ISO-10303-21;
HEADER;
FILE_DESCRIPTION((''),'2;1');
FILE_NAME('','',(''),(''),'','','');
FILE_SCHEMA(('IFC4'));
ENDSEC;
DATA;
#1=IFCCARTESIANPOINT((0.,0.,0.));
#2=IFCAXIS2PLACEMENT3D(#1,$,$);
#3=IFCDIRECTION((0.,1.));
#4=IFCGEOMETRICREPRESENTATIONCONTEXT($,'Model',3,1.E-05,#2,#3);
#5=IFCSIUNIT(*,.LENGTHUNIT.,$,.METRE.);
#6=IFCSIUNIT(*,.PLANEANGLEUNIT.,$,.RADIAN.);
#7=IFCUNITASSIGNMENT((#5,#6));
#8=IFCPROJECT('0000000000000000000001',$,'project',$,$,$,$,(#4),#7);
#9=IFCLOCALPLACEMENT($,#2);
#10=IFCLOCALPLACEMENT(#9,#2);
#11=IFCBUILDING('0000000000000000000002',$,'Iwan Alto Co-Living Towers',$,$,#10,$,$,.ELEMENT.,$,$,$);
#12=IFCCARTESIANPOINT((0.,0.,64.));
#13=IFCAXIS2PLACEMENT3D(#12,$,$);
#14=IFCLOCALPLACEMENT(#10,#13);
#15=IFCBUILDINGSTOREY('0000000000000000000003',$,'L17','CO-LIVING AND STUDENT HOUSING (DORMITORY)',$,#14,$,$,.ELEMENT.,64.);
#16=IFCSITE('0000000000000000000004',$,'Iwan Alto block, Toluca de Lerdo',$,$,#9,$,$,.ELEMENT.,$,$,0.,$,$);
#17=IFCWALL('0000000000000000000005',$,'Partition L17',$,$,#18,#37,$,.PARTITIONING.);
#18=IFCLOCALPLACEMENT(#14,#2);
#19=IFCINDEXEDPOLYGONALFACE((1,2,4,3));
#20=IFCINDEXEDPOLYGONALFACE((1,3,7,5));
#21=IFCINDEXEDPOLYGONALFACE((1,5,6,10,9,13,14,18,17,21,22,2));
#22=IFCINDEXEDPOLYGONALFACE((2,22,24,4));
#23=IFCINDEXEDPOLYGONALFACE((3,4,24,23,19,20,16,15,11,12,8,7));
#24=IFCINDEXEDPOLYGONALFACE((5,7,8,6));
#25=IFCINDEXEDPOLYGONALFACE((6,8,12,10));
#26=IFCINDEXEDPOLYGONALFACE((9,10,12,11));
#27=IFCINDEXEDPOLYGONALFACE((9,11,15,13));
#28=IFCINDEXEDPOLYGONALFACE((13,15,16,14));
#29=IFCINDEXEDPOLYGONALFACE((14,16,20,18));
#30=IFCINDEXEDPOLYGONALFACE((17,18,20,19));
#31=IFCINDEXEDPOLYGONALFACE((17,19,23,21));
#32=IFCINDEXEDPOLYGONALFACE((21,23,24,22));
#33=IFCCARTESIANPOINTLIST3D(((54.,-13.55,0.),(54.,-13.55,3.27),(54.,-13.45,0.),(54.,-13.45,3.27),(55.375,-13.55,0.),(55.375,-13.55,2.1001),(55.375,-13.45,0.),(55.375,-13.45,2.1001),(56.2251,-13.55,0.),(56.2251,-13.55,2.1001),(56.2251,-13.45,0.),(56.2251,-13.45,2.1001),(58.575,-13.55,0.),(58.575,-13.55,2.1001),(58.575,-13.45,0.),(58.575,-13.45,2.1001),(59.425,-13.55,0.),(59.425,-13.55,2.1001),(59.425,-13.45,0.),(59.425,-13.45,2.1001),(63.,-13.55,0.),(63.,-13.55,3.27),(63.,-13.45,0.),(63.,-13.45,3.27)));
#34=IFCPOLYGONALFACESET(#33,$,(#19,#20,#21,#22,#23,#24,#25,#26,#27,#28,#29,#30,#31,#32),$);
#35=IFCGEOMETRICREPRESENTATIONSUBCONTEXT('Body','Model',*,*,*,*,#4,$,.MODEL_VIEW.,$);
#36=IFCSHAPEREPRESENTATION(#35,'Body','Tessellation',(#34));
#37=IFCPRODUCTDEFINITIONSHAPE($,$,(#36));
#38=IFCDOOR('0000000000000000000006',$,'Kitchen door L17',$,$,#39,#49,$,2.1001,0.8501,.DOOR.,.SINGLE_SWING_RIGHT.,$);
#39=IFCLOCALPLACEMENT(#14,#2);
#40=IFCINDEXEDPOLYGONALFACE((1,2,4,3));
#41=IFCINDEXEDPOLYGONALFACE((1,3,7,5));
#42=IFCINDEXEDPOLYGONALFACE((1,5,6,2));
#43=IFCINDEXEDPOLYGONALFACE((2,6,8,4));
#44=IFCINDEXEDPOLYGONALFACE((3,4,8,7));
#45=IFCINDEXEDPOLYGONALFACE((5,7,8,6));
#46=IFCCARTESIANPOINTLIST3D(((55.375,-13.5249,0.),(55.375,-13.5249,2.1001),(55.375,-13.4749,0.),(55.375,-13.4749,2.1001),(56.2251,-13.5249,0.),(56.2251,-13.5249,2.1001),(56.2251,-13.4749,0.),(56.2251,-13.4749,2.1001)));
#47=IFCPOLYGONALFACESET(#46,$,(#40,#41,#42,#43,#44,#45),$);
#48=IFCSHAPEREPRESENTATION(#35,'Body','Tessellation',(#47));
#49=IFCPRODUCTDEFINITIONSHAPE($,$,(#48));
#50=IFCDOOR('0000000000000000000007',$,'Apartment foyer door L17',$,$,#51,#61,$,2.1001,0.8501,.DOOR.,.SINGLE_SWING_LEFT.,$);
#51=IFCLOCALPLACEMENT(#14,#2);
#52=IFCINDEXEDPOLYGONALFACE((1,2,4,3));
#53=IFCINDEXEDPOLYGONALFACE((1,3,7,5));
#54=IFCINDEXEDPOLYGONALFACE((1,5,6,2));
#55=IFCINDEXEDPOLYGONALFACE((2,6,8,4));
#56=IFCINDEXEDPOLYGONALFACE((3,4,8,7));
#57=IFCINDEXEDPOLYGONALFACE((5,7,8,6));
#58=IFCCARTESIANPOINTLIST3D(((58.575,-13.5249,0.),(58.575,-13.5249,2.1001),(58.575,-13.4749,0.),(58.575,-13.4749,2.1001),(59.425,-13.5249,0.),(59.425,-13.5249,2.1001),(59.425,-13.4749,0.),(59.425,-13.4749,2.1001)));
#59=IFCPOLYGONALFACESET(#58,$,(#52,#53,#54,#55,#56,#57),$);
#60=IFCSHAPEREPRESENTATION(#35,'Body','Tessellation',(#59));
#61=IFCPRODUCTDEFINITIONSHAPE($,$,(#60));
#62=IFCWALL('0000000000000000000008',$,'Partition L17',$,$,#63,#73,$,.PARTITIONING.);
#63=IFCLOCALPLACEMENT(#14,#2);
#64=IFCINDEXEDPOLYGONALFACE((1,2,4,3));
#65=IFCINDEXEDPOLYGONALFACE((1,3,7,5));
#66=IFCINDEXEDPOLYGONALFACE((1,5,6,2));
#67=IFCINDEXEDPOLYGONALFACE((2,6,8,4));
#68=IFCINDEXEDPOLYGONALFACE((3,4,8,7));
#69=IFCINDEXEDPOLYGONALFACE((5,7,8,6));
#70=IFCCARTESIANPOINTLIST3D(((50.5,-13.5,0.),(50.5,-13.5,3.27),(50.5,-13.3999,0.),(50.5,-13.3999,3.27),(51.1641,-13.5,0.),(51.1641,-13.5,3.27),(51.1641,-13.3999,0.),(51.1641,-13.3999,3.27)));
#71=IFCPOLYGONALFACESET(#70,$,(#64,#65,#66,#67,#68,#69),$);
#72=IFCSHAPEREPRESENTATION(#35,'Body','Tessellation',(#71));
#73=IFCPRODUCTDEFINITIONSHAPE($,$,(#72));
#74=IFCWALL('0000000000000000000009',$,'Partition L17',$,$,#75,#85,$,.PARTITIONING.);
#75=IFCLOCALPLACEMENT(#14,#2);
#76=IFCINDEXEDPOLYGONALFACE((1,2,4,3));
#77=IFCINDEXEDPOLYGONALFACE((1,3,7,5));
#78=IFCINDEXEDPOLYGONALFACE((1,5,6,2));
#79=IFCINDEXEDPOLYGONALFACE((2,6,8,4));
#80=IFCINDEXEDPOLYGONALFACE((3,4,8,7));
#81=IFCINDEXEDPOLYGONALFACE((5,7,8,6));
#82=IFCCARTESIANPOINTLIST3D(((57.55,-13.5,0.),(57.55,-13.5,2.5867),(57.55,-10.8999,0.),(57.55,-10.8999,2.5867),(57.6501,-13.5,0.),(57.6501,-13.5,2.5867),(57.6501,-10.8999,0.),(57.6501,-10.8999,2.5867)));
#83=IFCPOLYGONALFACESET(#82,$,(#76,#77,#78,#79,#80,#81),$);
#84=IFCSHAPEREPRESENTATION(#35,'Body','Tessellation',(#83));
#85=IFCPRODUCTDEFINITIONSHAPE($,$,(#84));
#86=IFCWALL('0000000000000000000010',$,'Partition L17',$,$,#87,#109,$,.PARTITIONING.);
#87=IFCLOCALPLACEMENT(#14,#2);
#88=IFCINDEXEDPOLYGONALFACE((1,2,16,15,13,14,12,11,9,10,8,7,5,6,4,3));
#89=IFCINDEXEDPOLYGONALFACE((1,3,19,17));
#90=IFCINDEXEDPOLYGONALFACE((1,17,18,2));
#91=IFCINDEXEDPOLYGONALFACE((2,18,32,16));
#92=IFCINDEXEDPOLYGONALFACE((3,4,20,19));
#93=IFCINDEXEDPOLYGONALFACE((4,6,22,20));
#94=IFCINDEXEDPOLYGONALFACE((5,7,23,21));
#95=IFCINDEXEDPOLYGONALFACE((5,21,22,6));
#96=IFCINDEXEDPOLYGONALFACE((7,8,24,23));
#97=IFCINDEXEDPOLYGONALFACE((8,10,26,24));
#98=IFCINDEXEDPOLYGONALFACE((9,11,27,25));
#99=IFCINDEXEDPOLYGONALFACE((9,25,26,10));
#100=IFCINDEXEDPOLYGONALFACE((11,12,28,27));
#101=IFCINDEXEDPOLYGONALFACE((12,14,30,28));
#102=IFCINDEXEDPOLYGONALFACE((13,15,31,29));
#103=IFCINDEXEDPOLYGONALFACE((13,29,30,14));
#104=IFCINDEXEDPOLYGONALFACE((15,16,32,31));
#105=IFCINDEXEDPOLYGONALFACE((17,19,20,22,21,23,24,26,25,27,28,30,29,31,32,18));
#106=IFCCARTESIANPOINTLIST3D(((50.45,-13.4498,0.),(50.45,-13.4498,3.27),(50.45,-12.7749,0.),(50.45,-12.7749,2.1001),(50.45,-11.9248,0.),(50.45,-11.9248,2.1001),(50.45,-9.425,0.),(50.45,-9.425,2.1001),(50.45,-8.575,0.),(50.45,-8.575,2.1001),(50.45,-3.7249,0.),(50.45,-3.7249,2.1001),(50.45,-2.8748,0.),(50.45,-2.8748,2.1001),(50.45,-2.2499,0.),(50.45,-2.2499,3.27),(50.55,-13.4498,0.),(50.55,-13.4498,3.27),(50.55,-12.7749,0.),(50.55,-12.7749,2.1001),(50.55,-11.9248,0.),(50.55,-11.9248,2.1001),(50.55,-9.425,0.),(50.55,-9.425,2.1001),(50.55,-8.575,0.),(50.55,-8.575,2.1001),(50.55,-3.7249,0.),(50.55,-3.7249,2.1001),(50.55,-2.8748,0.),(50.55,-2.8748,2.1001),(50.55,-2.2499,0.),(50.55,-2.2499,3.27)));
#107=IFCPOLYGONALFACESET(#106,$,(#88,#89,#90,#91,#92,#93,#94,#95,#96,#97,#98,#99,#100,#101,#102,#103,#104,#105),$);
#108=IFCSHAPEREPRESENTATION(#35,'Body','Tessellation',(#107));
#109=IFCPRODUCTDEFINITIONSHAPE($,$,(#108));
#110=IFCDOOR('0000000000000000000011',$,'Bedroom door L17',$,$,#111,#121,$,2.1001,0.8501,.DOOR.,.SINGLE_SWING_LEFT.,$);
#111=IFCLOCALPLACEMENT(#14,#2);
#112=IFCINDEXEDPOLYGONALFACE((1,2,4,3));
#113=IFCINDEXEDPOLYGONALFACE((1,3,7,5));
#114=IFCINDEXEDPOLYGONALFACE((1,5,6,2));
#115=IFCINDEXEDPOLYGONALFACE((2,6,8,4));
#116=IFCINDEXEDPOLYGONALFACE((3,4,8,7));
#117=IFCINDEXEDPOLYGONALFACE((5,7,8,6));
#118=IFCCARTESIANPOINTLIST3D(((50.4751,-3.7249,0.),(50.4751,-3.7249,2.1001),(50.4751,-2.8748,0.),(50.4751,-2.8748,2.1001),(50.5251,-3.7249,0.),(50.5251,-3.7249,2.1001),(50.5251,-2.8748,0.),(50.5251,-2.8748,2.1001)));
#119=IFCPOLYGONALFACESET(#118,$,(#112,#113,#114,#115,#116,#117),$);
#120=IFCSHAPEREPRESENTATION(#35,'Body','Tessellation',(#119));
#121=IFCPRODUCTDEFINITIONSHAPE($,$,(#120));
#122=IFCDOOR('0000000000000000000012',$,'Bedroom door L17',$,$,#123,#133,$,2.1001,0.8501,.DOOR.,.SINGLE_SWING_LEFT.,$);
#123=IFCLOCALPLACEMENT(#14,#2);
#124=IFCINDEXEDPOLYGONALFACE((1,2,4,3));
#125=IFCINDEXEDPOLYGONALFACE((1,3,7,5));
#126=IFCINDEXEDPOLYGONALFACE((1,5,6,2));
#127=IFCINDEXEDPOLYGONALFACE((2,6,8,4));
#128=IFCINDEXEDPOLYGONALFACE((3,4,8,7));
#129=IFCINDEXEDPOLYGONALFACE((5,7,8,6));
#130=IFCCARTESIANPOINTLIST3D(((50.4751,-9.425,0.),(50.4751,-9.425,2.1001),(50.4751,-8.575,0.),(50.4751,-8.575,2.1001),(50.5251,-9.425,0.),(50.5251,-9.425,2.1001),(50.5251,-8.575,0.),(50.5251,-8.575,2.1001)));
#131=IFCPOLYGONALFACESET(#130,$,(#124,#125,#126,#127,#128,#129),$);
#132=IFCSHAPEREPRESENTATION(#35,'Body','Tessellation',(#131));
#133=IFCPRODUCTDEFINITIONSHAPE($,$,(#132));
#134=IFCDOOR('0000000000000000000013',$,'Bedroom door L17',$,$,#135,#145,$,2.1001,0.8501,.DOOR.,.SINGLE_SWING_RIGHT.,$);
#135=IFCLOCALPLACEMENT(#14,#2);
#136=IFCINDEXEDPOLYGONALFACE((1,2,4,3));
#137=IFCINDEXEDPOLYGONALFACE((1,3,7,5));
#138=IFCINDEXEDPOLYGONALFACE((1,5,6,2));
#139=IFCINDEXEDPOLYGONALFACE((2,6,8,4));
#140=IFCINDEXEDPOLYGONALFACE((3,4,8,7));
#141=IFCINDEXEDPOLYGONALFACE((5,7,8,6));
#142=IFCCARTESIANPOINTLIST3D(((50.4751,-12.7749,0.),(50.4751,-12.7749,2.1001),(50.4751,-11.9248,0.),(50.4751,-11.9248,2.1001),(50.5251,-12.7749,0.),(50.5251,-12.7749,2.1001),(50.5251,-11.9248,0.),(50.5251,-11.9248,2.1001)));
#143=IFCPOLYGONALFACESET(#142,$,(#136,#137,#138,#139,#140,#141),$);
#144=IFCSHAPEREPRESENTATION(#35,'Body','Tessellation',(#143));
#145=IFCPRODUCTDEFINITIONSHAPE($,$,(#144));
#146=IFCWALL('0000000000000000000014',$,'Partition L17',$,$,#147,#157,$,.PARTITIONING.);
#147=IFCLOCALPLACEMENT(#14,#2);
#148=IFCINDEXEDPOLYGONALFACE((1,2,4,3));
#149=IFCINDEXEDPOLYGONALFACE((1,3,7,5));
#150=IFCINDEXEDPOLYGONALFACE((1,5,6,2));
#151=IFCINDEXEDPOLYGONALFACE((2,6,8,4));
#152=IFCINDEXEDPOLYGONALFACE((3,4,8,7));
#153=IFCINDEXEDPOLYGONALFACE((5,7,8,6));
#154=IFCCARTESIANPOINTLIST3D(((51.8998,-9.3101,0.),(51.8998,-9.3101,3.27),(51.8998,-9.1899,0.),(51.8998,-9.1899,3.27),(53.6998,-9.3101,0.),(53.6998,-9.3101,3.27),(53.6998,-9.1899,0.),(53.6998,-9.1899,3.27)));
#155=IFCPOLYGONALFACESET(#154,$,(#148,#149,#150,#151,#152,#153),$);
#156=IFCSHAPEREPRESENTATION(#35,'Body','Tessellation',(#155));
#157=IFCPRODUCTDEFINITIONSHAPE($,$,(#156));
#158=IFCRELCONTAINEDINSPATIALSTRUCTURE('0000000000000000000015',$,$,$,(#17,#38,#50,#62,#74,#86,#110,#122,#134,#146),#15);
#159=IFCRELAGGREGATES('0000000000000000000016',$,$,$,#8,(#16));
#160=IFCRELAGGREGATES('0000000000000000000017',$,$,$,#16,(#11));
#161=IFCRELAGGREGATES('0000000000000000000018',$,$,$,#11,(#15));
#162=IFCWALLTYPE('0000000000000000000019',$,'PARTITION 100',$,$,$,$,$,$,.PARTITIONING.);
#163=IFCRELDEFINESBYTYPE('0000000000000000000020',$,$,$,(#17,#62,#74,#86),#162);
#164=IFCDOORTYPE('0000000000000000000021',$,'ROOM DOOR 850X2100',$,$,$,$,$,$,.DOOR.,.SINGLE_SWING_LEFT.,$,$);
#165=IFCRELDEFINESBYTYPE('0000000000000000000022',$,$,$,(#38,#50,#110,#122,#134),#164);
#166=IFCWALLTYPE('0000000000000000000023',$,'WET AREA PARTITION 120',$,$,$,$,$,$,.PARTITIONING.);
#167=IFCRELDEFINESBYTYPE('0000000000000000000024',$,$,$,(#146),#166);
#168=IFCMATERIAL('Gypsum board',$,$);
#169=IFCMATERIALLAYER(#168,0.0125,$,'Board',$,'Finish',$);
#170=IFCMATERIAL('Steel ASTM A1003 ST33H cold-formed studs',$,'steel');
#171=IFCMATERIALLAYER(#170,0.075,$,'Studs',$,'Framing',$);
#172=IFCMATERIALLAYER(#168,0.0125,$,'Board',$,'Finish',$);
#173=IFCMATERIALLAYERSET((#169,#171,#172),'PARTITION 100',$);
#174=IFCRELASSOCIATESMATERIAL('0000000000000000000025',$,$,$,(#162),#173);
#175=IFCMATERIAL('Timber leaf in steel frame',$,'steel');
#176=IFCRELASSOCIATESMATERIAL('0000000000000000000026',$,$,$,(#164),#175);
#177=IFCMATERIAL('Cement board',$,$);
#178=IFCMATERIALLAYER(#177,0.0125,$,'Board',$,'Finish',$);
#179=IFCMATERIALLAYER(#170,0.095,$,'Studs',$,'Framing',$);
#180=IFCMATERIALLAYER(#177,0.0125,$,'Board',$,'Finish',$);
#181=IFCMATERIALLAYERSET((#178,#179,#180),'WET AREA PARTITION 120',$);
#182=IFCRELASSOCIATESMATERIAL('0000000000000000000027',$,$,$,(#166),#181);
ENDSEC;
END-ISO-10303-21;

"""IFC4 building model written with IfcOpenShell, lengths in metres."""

from ifc_helpers import new_model, si_unit, direction, frame, frame_2d, origin, place, context, subcontext, project, spatial, rectangle, extrude, material, layer, layer_set, type_object, element, fill, save


model = new_model("IFC4")

# Units and contexts
model_context = context("Model", 3, precision=1e-05, world=origin(), true_north=direction((0.0, 1.0)))
body_context = subcontext(model_context, "Body", "Model", "MODEL_VIEW")
ifc_project = project(units=[si_unit("LENGTHUNIT", "METRE"), si_unit("PLANEANGLEUNIT", "RADIAN")], contexts=[model_context])

# Site, building, storey
site_placement = place(None, origin())
site = spatial("IfcSite", under=ifc_project, at=site_placement, Name="Iwan Alto block, Toluca de Lerdo", CompositionType="ELEMENT", RefElevation=0.0)
building_placement = place(site_placement, origin())
building = spatial("IfcBuilding", under=site, at=building_placement, Name="Iwan Alto Co-Living Towers", CompositionType="ELEMENT")
storey_placement = place(building_placement, frame((0.0, 0.0, 64.0)))
storey = spatial("IfcBuildingStorey", under=building, at=storey_placement, Name="L17", Description="CO-LIVING AND STUDENT HOUSING (DORMITORY)", CompositionType="ELEMENT", Elevation=64.0)

# Wall, openings, doors
ifc_material_1 = material(Name="Gypsum board")
ifc_material_2 = material(Name="Steel ASTM A1003 ST33H cold-formed studs", Category="steel")
ifc_layer_1 = layer(ifc_material_1, 0.0125, Name="Board", Category="Finish")
ifc_layer_2 = layer(ifc_material_2, 0.075, Name="Studs", Category="Framing")
ifc_layer_3 = layer(ifc_material_1, 0.0125, Name="Board", Category="Finish")
ifc_layer_set_1 = layer_set([ifc_layer_1, ifc_layer_2, ifc_layer_3], Name="PARTITION 100")
wall_type_1 = type_object("IfcWallType", Name="PARTITION 100", PredefinedType="PARTITIONING", material=ifc_layer_set_1)
wall_1_placement = place(storey_placement, frame((54.0, -13.5, 0.0), z_axis=(0.0, 0.0, 1.0), x_axis=(1.0, 0.0, 0.0)))
wall_1 = element("IfcWall", 1, at=wall_1_placement, inside=storey, type_object=wall_type_1, Name="Partition L17", PredefinedType="PARTITIONING", context=body_context, shape_type="SweptSolid", body=[
    extrude(rectangle(XDim=9.0, YDim=0.1001, at=frame_2d((4.5, 0.0))), origin(), (0.0, 0.0, 1.0), 3.27),
])
opening_1_placement = place(wall_1_placement, frame((1.375, 0.0, 0.0)))
opening_1 = element("IfcOpeningElement", 2, at=opening_1_placement, cuts=wall_1, PredefinedType="OPENING", context=body_context, shape_type="SweptSolid", body=[
    extrude(rectangle(XDim=0.8501, YDim=2.1001, at=frame_2d((0.425, 1.05))), frame((0.0, 0.0601, 0.0), z_axis=(0.0, -1.0, 0.0), x_axis=(1.0, 0.0, 0.0)), (0.0, 0.0, 1.0), 0.1201),
])
opening_2_placement = place(wall_1_placement, frame((4.575, 0.0, 0.0)))
opening_2 = element("IfcOpeningElement", 3, at=opening_2_placement, cuts=wall_1, PredefinedType="OPENING", context=body_context, shape_type="SweptSolid", body=[
    extrude(rectangle(XDim=0.8501, YDim=2.1001, at=frame_2d((0.425, 1.05))), frame((0.0, 0.0601, 0.0), z_axis=(0.0, -1.0, 0.0), x_axis=(1.0, 0.0, 0.0)), (0.0, 0.0, 1.0), 0.1201),
])
ifc_material_3 = material(Name="Timber leaf in steel frame", Category="steel")
door_type_1 = type_object("IfcDoorType", Name="ROOM DOOR 850X2100", OperationType="SINGLE_SWING_LEFT", PredefinedType="DOOR", material=ifc_material_3)
door_1_placement = place(opening_1_placement, frame((0.8501, 0.0, 0.0), z_axis=(0.0, 0.0, 1.0), x_axis=(-1.0, 0.0, 0.0)))
door_1 = element("IfcDoor", 4, at=door_1_placement, inside=storey, type_object=door_type_1, Name="Kitchen door L17", OperationType="SINGLE_SWING_RIGHT", OverallHeight=2.1001, OverallWidth=0.8501, PredefinedType="DOOR", context=body_context, shape_type="SweptSolid", body=[
    extrude(rectangle(XDim=0.8501, YDim=2.1001, at=frame_2d((0.425, 1.05))), frame((0.0, 0.0249, 0.0), z_axis=(0.0, -1.0, 0.0), x_axis=(1.0, 0.0, 0.0)), (0.0, 0.0, 1.0), 0.05),
])
fill(opening_1, door_1)
door_2_placement = place(opening_2_placement, frame((0.8501, 0.0, 0.0), z_axis=(0.0, 0.0, 1.0), x_axis=(-1.0, 0.0, 0.0)))
door_2 = element("IfcDoor", 5, at=door_2_placement, inside=storey, type_object=door_type_1, Name="Apartment foyer door L17", OperationType="SINGLE_SWING_LEFT", OverallHeight=2.1001, OverallWidth=0.8501, PredefinedType="DOOR", context=body_context, shape_type="SweptSolid", body=[
    extrude(rectangle(XDim=0.8501, YDim=2.1001, at=frame_2d((0.425, 1.05))), frame((0.0, 0.0249, 0.0), z_axis=(0.0, -1.0, 0.0), x_axis=(1.0, 0.0, 0.0)), (0.0, 0.0, 1.0), 0.05),
])
fill(opening_2, door_2)

# Walls
wall_2_placement = place(storey_placement, frame((50.5, -13.45, 0.0), z_axis=(0.0, 0.0, 1.0), x_axis=(1.0, 0.0, 0.0)))
element("IfcWall", 6, at=wall_2_placement, inside=storey, type_object=wall_type_1, Name="Partition L17", PredefinedType="PARTITIONING", context=body_context, shape_type="SweptSolid", body=[
    extrude(rectangle(XDim=0.6641, YDim=0.1001, at=frame_2d((0.332, 0.0))), origin(), (0.0, 0.0, 1.0), 3.27),
])
wall_3_placement = place(storey_placement, frame((57.6001, -13.5, 0.0), z_axis=(0.0, 0.0, 1.0), x_axis=(0.0, 1.0, 0.0)))
element("IfcWall", 7, at=wall_3_placement, inside=storey, type_object=wall_type_1, Name="Partition L17", PredefinedType="PARTITIONING", context=body_context, shape_type="SweptSolid", body=[
    extrude(rectangle(XDim=2.6001, YDim=0.1001, at=frame_2d((1.3, 0.0))), origin(), (0.0, 0.0, 1.0), 2.5867),
])

# Wall, openings, doors
wall_4_placement = place(storey_placement, frame((50.5, -13.45, 0.0), z_axis=(0.0, 0.0, 1.0), x_axis=(0.0, 1.0, 0.0)))
wall_4 = element("IfcWall", 8, at=wall_4_placement, inside=storey, type_object=wall_type_1, Name="Partition L17", PredefinedType="PARTITIONING", context=body_context, shape_type="SweptSolid", body=[
    extrude(rectangle(XDim=11.2, YDim=0.1001, at=frame_2d((5.6001, 0.0))), origin(), (0.0, 0.0, 1.0), 3.27),
])
opening_3_placement = place(wall_4_placement, frame((9.7251, 0.0, 0.0)))
opening_3 = element("IfcOpeningElement", 9, at=opening_3_placement, cuts=wall_4, PredefinedType="OPENING", context=body_context, shape_type="SweptSolid", body=[
    extrude(rectangle(XDim=0.8501, YDim=2.1001, at=frame_2d((0.425, 1.05))), frame((0.0, 0.0601, 0.0), z_axis=(0.0, -1.0, 0.0), x_axis=(1.0, 0.0, 0.0)), (0.0, 0.0, 1.0), 0.1201),
])
opening_4_placement = place(wall_4_placement, frame((4.0249, 0.0, 0.0)))
opening_4 = element("IfcOpeningElement", 10, at=opening_4_placement, cuts=wall_4, PredefinedType="OPENING", context=body_context, shape_type="SweptSolid", body=[
    extrude(rectangle(XDim=0.8501, YDim=2.1001, at=frame_2d((0.425, 1.05))), frame((0.0, 0.0601, 0.0), z_axis=(0.0, -1.0, 0.0), x_axis=(1.0, 0.0, 0.0)), (0.0, 0.0, 1.0), 0.1201),
])
opening_5_placement = place(wall_4_placement, frame((0.675, 0.0, 0.0)))
opening_5 = element("IfcOpeningElement", 11, at=opening_5_placement, cuts=wall_4, PredefinedType="OPENING", context=body_context, shape_type="SweptSolid", body=[
    extrude(rectangle(XDim=0.8501, YDim=2.1001, at=frame_2d((0.425, 1.05))), frame((0.0, 0.0601, 0.0), z_axis=(0.0, -1.0, 0.0), x_axis=(1.0, 0.0, 0.0)), (0.0, 0.0, 1.0), 0.1201),
])
door_3_placement = place(opening_3_placement, origin())
door_3 = element("IfcDoor", 12, at=door_3_placement, inside=storey, type_object=door_type_1, Name="Bedroom door L17", OperationType="SINGLE_SWING_LEFT", OverallHeight=2.1001, OverallWidth=0.8501, PredefinedType="DOOR", context=body_context, shape_type="SweptSolid", body=[
    extrude(rectangle(XDim=0.8501, YDim=2.1001, at=frame_2d((0.425, 1.05))), frame((0.0, 0.0249, 0.0), z_axis=(0.0, -1.0, 0.0), x_axis=(1.0, 0.0, 0.0)), (0.0, 0.0, 1.0), 0.05),
])
fill(opening_3, door_3)
door_4_placement = place(opening_4_placement, origin())
door_4 = element("IfcDoor", 13, at=door_4_placement, inside=storey, type_object=door_type_1, Name="Bedroom door L17", OperationType="SINGLE_SWING_LEFT", OverallHeight=2.1001, OverallWidth=0.8501, PredefinedType="DOOR", context=body_context, shape_type="SweptSolid", body=[
    extrude(rectangle(XDim=0.8501, YDim=2.1001, at=frame_2d((0.425, 1.05))), frame((0.0, 0.0249, 0.0), z_axis=(0.0, -1.0, 0.0), x_axis=(1.0, 0.0, 0.0)), (0.0, 0.0, 1.0), 0.05),
])
fill(opening_4, door_4)
door_5_placement = place(opening_5_placement, origin())
door_5 = element("IfcDoor", 14, at=door_5_placement, inside=storey, type_object=door_type_1, Name="Bedroom door L17", OperationType="SINGLE_SWING_RIGHT", OverallHeight=2.1001, OverallWidth=0.8501, PredefinedType="DOOR", context=body_context, shape_type="SweptSolid", body=[
    extrude(rectangle(XDim=0.8501, YDim=2.1001, at=frame_2d((0.425, 1.05))), frame((0.0, 0.0249, 0.0), z_axis=(0.0, -1.0, 0.0), x_axis=(1.0, 0.0, 0.0)), (0.0, 0.0, 1.0), 0.05),
])
fill(opening_5, door_5)

# Wall
ifc_material_4 = material(Name="Cement board")
ifc_layer_4 = layer(ifc_material_4, 0.0125, Name="Board", Category="Finish")
ifc_layer_5 = layer(ifc_material_2, 0.095, Name="Studs", Category="Framing")
ifc_layer_6 = layer(ifc_material_4, 0.0125, Name="Board", Category="Finish")
ifc_layer_set_2 = layer_set([ifc_layer_4, ifc_layer_5, ifc_layer_6], Name="WET AREA PARTITION 120")
wall_type_2 = type_object("IfcWallType", Name="WET AREA PARTITION 120", PredefinedType="PARTITIONING", material=ifc_layer_set_2)
wall_5_placement = place(storey_placement, frame((51.8999, -9.25, 0.0), z_axis=(0.0, 0.0, 1.0), x_axis=(1.0, 0.0, 0.0)))
element("IfcWall", 15, at=wall_5_placement, inside=storey, type_object=wall_type_2, Name="Partition L17", PredefinedType="PARTITIONING", context=body_context, shape_type="SweptSolid", body=[
    extrude(rectangle(XDim=1.8, YDim=0.1201, at=frame_2d((0.8999, 0.0))), origin(), (0.0, 0.0, 1.0), 3.27),
])

save(model, "model.ifc")
